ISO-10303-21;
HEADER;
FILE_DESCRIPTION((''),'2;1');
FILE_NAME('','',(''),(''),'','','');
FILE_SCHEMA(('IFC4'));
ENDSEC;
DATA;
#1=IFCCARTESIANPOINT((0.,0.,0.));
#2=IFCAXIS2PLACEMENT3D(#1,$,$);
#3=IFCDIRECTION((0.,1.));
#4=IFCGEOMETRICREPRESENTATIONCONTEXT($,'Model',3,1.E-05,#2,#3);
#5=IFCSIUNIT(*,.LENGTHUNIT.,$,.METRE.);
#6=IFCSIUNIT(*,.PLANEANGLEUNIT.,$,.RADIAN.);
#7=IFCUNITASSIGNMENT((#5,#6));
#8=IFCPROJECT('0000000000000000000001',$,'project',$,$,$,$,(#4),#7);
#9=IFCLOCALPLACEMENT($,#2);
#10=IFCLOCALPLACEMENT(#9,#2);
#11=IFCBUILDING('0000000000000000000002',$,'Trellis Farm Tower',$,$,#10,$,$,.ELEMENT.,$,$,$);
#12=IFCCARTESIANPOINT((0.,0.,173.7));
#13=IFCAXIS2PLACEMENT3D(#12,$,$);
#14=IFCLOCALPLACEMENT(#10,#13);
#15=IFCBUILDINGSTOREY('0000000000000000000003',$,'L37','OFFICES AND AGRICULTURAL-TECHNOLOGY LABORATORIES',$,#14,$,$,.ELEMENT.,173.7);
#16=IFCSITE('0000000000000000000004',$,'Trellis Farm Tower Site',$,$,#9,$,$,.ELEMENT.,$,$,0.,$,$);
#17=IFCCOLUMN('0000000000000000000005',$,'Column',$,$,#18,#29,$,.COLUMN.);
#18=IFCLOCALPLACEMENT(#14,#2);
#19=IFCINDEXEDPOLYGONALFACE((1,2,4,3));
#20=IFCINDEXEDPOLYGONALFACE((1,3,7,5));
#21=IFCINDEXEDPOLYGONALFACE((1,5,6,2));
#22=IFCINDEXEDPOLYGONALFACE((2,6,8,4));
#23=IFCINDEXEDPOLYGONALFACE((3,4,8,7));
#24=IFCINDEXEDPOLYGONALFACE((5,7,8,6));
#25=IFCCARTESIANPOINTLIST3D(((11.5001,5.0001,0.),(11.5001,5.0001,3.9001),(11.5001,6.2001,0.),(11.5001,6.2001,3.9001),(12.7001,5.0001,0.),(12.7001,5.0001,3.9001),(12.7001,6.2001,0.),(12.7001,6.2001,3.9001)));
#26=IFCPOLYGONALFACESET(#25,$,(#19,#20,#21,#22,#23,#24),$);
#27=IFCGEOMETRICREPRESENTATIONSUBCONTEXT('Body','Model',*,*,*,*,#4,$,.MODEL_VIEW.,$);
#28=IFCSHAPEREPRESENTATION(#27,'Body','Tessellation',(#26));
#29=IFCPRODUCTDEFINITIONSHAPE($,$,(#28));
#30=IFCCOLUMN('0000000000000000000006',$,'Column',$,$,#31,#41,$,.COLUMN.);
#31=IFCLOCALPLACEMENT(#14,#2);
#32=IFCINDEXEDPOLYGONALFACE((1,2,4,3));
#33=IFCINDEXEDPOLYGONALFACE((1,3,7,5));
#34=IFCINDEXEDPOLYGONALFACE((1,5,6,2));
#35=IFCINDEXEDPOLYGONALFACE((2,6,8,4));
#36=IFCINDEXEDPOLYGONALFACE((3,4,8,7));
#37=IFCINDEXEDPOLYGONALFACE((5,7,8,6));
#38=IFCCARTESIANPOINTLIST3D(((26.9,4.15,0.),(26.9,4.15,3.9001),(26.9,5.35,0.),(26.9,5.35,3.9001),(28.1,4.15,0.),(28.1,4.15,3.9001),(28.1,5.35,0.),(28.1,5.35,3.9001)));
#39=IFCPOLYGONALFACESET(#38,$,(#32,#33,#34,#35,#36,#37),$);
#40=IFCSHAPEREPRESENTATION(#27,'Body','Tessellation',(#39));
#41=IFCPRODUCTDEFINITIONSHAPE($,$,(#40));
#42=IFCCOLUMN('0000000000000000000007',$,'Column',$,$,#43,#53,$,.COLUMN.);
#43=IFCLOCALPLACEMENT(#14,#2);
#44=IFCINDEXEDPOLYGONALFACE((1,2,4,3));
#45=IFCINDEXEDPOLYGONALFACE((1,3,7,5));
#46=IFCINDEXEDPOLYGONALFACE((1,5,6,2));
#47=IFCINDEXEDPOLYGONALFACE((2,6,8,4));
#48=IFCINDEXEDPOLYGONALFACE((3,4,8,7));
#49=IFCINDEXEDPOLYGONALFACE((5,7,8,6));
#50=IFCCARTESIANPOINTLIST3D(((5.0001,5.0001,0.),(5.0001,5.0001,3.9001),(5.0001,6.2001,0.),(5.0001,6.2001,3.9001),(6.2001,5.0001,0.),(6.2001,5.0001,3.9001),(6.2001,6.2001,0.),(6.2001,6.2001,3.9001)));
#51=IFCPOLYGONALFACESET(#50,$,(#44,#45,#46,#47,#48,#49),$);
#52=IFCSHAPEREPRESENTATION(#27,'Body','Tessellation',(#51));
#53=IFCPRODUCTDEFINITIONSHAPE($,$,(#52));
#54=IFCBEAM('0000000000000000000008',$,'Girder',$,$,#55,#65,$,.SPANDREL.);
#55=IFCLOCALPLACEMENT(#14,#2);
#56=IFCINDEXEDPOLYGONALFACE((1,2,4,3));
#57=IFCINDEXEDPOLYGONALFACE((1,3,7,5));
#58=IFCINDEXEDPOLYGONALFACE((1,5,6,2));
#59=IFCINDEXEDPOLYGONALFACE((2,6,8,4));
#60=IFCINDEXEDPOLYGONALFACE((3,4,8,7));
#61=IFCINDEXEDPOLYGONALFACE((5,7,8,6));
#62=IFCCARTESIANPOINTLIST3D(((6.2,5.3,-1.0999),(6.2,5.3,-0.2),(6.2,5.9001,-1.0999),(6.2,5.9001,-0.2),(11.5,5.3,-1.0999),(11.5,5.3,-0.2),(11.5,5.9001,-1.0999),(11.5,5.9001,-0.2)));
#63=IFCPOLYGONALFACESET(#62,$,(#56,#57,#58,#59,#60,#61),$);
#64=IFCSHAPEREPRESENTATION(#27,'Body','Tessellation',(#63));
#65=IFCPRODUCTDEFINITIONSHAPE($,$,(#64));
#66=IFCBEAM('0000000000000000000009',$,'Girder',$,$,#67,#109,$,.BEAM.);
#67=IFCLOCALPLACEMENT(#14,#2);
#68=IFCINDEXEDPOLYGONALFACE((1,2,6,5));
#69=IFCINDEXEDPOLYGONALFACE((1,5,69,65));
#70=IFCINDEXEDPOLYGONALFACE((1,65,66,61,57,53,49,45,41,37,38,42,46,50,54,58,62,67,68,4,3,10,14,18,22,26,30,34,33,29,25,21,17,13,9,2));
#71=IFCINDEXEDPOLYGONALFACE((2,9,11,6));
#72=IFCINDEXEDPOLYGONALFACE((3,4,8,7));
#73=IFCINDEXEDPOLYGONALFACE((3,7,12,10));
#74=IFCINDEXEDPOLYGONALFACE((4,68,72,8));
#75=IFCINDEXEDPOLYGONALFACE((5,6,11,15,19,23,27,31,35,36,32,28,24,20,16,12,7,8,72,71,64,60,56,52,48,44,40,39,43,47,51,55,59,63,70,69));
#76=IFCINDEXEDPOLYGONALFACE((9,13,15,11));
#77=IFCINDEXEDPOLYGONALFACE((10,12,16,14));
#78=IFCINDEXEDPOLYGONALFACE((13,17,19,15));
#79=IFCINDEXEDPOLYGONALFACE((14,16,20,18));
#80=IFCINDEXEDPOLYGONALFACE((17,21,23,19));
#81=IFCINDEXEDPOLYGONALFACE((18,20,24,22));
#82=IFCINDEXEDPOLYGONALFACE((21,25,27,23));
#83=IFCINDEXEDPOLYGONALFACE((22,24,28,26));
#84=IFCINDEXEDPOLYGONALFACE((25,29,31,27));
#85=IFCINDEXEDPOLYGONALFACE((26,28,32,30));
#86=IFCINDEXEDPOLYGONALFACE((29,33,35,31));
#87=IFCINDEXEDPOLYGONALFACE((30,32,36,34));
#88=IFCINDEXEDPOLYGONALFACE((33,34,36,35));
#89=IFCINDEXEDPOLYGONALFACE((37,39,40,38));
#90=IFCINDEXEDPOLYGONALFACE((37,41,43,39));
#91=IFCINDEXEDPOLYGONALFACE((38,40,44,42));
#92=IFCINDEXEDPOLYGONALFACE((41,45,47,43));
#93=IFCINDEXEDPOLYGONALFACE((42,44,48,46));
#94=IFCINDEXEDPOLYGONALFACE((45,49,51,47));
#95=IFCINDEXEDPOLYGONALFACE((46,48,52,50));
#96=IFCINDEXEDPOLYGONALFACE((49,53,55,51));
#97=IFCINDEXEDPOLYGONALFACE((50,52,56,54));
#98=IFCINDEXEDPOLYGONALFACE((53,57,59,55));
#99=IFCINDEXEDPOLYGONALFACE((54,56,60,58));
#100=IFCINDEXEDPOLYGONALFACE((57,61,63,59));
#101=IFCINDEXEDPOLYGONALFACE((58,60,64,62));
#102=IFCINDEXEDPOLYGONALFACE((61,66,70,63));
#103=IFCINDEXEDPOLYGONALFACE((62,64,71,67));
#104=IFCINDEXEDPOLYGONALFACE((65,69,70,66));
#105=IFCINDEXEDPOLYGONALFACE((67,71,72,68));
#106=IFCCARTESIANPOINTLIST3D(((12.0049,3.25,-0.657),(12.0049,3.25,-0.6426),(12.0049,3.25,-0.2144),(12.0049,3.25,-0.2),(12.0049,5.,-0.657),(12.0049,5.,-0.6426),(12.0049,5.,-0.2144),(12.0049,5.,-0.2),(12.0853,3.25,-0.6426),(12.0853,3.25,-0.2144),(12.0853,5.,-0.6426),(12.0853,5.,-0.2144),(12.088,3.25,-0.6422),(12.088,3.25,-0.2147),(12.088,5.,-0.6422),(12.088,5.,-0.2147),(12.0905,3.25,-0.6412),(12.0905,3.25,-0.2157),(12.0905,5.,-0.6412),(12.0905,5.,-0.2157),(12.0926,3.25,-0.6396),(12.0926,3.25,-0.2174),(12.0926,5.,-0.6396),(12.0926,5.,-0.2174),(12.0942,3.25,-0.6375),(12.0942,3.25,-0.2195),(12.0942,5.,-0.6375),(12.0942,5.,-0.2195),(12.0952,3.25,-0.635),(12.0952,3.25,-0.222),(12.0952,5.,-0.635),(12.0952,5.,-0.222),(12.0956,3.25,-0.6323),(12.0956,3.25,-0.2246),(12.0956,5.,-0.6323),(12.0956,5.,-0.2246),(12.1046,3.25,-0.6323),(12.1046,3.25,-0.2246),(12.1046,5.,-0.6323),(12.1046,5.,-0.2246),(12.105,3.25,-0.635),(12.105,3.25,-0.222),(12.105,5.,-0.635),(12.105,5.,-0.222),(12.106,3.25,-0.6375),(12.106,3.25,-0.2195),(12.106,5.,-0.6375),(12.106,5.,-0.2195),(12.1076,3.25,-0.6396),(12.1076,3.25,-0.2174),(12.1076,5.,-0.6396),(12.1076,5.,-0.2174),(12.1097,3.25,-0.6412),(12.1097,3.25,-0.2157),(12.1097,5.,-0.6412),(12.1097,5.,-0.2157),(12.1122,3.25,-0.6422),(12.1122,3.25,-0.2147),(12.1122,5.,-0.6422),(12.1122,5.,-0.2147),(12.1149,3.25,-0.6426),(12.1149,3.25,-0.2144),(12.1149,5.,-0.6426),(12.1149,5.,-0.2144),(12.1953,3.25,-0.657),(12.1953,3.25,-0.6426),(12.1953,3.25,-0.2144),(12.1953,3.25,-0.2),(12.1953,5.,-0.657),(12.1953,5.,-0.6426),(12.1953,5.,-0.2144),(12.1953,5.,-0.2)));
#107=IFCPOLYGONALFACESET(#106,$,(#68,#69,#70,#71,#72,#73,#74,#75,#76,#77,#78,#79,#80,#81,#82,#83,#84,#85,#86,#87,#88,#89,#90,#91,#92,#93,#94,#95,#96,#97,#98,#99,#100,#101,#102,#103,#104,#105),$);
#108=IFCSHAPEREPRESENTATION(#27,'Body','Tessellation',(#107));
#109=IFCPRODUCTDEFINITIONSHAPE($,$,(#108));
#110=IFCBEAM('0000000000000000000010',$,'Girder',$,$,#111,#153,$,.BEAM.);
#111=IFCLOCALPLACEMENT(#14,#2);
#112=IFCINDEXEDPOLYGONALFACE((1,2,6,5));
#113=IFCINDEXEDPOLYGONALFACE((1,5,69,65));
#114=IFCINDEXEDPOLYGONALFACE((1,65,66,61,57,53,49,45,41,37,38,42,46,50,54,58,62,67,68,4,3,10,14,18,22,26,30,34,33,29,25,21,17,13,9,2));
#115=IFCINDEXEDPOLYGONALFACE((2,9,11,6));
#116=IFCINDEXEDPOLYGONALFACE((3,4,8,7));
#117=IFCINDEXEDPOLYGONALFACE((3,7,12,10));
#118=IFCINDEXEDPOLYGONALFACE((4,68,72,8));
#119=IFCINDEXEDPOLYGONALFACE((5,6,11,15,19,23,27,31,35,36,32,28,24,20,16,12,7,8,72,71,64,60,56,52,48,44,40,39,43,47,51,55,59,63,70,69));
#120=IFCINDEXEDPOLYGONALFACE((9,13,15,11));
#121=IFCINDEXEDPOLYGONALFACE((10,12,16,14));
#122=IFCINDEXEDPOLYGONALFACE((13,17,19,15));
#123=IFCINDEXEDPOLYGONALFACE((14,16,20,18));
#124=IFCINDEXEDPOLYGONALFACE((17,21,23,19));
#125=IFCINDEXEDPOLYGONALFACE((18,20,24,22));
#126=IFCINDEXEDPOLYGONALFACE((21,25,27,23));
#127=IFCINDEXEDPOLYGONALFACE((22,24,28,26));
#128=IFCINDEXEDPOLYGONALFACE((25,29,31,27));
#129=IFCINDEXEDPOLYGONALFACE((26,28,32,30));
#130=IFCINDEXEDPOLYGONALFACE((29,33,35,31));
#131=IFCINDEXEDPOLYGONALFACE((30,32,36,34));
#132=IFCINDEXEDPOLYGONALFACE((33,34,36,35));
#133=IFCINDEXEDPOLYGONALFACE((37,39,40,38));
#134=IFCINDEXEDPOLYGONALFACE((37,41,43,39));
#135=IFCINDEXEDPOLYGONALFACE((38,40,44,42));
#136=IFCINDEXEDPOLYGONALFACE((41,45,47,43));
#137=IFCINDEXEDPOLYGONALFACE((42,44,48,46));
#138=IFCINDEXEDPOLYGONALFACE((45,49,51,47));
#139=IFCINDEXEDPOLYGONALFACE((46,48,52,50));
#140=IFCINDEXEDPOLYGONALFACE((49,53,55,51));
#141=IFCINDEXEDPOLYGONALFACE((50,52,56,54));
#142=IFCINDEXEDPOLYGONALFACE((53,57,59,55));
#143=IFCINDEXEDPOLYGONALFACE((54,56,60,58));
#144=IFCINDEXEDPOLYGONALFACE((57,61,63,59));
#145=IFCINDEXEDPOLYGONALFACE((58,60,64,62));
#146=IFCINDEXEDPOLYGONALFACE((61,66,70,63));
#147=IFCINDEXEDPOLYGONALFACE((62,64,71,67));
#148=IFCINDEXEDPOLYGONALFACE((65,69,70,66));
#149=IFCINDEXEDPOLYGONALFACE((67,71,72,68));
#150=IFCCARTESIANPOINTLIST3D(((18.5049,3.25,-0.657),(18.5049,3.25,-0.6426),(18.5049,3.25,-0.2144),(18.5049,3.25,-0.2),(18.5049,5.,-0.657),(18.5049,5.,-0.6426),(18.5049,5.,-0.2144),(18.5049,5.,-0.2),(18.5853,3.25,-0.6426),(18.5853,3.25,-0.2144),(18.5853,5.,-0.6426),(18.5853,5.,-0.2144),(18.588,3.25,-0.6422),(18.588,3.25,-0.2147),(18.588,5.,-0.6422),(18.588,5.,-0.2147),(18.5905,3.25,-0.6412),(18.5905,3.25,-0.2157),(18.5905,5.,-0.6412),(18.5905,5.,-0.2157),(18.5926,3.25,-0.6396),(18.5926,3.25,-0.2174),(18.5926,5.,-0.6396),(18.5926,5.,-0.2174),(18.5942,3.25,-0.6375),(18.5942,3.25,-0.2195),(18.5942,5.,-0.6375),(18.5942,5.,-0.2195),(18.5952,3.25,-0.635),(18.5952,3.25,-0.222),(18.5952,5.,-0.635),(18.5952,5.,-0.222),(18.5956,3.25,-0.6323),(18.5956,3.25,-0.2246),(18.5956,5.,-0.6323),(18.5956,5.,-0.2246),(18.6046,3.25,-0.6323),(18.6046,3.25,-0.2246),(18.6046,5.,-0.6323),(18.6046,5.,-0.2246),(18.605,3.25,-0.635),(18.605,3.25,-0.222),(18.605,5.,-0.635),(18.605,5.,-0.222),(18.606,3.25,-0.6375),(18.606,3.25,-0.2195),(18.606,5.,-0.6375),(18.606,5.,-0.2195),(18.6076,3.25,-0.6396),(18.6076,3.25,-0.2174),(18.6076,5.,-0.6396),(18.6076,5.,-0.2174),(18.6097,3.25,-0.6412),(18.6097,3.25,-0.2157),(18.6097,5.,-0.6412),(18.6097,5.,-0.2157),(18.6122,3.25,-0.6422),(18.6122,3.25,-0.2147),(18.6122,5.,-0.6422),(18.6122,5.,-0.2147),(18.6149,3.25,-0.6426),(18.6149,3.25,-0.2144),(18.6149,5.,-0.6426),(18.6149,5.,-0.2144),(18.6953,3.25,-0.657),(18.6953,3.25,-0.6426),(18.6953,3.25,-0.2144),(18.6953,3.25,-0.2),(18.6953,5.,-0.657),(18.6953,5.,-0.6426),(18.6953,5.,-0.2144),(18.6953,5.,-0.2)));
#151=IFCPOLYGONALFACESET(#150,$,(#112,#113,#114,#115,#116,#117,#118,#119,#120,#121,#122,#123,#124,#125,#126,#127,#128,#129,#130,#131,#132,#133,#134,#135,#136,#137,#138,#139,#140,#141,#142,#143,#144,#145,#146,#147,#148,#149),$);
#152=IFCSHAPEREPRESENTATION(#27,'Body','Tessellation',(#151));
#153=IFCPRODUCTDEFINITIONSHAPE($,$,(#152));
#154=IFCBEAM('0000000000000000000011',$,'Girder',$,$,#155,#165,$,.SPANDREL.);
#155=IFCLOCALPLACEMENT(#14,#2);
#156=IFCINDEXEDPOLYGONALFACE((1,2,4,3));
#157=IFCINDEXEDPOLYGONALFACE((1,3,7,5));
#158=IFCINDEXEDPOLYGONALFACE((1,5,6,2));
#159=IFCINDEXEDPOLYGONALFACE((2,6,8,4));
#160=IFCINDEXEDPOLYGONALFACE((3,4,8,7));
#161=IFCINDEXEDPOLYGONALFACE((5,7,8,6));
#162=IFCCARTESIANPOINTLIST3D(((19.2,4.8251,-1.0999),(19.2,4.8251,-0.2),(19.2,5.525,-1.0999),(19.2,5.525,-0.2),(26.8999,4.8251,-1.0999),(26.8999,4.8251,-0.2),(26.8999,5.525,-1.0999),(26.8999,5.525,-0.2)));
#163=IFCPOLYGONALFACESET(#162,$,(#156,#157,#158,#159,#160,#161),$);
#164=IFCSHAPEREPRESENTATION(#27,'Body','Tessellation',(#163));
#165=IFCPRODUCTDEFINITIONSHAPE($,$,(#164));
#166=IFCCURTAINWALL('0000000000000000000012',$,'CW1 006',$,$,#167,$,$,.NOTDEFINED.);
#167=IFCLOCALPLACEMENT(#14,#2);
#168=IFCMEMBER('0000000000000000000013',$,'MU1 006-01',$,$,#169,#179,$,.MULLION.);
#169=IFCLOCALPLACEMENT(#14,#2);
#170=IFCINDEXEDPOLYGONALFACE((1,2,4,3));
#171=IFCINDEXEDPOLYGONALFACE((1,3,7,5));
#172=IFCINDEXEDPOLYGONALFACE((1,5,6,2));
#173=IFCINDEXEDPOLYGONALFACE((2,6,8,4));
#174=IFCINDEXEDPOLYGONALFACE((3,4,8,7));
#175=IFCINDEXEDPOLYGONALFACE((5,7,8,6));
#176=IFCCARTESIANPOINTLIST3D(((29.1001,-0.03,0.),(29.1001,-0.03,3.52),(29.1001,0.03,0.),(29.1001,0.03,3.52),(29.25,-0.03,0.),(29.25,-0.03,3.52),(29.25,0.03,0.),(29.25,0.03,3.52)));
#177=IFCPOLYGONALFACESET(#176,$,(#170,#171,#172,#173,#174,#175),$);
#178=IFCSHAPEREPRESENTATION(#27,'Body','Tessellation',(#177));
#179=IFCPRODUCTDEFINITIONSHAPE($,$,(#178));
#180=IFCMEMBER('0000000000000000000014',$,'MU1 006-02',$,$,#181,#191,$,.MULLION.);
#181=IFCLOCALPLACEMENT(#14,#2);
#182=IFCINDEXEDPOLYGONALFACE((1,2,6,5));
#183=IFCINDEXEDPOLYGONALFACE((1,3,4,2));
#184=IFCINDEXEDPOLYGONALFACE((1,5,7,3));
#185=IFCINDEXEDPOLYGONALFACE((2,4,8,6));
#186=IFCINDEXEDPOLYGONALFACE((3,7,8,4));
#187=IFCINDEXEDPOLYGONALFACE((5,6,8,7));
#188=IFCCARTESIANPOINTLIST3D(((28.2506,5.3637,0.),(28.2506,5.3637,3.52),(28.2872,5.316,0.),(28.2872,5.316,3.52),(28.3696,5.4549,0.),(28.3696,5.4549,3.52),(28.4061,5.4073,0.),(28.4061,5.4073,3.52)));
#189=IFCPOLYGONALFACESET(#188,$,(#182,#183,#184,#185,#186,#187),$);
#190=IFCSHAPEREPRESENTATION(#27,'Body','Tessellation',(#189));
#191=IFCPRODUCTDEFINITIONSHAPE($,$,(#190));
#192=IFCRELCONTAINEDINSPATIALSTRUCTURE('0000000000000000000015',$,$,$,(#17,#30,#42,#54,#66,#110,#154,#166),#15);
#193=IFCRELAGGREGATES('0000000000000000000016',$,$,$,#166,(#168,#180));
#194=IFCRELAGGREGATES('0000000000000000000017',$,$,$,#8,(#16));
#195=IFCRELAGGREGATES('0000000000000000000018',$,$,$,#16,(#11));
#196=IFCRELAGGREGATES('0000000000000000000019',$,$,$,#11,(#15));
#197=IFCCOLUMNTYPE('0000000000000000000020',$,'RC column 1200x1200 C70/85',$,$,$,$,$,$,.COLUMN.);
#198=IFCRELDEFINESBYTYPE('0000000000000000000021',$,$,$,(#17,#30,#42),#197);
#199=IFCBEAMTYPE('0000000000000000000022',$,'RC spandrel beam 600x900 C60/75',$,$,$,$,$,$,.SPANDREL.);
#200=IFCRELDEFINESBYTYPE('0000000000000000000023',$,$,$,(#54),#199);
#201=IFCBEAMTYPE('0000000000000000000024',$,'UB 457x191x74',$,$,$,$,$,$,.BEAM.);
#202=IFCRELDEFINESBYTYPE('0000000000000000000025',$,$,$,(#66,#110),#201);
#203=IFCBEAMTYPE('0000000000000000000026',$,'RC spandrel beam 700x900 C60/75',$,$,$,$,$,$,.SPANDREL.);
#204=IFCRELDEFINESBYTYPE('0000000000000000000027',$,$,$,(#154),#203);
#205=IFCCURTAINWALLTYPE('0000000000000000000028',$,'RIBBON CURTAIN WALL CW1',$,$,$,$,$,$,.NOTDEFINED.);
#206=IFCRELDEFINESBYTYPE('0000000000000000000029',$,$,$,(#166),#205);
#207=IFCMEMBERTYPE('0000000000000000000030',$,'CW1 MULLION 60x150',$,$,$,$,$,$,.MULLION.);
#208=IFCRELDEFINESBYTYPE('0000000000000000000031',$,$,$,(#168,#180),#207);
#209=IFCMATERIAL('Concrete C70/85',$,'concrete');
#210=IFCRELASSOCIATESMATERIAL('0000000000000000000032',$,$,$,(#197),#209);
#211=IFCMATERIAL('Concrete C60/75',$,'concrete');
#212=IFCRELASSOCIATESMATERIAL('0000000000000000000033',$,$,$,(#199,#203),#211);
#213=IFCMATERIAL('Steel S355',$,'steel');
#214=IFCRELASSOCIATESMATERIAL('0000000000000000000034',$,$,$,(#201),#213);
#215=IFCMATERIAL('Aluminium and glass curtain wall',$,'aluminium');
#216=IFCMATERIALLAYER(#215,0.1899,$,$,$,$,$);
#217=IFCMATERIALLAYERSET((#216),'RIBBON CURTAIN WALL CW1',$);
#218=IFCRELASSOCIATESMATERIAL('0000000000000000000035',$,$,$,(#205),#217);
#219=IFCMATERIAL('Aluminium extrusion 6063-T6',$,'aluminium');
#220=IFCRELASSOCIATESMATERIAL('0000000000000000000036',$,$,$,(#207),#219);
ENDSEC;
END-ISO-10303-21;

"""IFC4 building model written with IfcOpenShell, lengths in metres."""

from ifc_helpers import new_model, si_unit, direction, frame, origin, origin_2d, place, context, subcontext, project, spatial, rectangle, i_section, extrude, source, transform, mapped, material, layer, layer_set, material_profile, profile_set, type_object, element, aggregate, save


model = new_model("IFC4")

# Units and contexts
model_context = context("Model", 3, precision=1e-05, world=origin(), true_north=direction((0.0, 1.0)))
body_context = subcontext(model_context, "Body", "Model", "MODEL_VIEW")
ifc_project = project(units=[si_unit("LENGTHUNIT", "METRE"), si_unit("PLANEANGLEUNIT", "RADIAN")], contexts=[model_context])

# Site, building, storey
site_placement = place(None, origin())
site = spatial("IfcSite", under=ifc_project, at=site_placement, Name="Trellis Farm Tower Site", CompositionType="ELEMENT", RefElevation=0.0)
building_placement = place(site_placement, origin())
building = spatial("IfcBuilding", under=site, at=building_placement, Name="Trellis Farm Tower", CompositionType="ELEMENT")
storey_placement = place(building_placement, frame((0.0, 0.0, 173.7)))
storey = spatial("IfcBuildingStorey", under=building, at=storey_placement, Name="L37", Description="OFFICES AND AGRICULTURAL-TECHNOLOGY LABORATORIES", CompositionType="ELEMENT", Elevation=173.7)

# Columns
ifc_material_1 = material(Name="Concrete C70/85", Category="concrete")
ifc_material_profile_1 = material_profile(ifc_material_1, rectangle(XDim=1.2, YDim=1.2, at=origin_2d()), Name="RC column 1200x1200 C70/85")
ifc_profile_set_1 = profile_set([ifc_material_profile_1], Name="Concrete C70/85")
column_type = type_object("IfcColumnType", Name="RC column 1200x1200 C70/85", PredefinedType="COLUMN", material=ifc_profile_set_1)
shared_shape_1 = source(origin(), body_context, "Body", "SweptSolid", [
    extrude(rectangle(XDim=1.2, YDim=1.2, at=origin_2d()), origin(), (0.0, 0.0, 1.0), 3.9001),
])
for number, where, z_axis, x_axis, name in (
    (1, (12.1001, 5.6001, 0.0), (0.0, 0.0, 1.0), (1.0, 0.0, 0.0), "Column"),
    (2, (27.5, 4.75, 0.0), (0.0, 0.0, 1.0), (1.0, 0.0, 0.0), "Column"),
    (3, (5.6001, 5.6001, 0.0), (0.0, 0.0, 1.0), (1.0, 0.0, 0.0), "Column"),
):
    element("IfcColumn", number, at=place(storey_placement, frame(where, z_axis=z_axis, x_axis=x_axis)), inside=storey, type_object=column_type, Name=name, PredefinedType="COLUMN", context=body_context, shape_type="MappedRepresentation", body=[
        mapped(shared_shape_1, transform((0.0, 0.0, 0.0))),
    ])

# Beams
ifc_material_2 = material(Name="Concrete C60/75", Category="concrete")
ifc_material_profile_2 = material_profile(ifc_material_2, rectangle(XDim=0.6001, YDim=0.8999, at=origin_2d()), Name="RC spandrel beam 600x900 C60/75")
ifc_profile_set_2 = profile_set([ifc_material_profile_2], Name="Concrete C60/75")
beam_type_1 = type_object("IfcBeamType", Name="RC spandrel beam 600x900 C60/75", PredefinedType="SPANDREL", material=ifc_profile_set_2)
shared_shape_2 = source(origin(), body_context, "Body", "SweptSolid", [
    extrude(rectangle(XDim=0.6001, YDim=0.8999, at=origin_2d()), origin(), (0.0, 0.0, 1.0), 5.3),
])
beam_1_placement = place(storey_placement, frame((6.2, 5.6001, -0.6499), z_axis=(1.0, 0.0, 0.0), x_axis=(0.0, 1.0, 0.0)))
element("IfcBeam", 4, at=beam_1_placement, inside=storey, type_object=beam_type_1, Name="Girder", PredefinedType="SPANDREL", context=body_context, shape_type="MappedRepresentation", body=[
    mapped(shared_shape_2, transform((0.0, 0.0, 0.0))),
])
ifc_material_3 = material(Name="Steel S355", Category="steel")
ifc_material_profile_3 = material_profile(ifc_material_3, i_section(OverallWidth=0.1904, OverallDepth=0.457, WebThickness=0.009, FlangeThickness=0.0144, FilletRadius=0.0103, at=origin_2d()), Name="UB 457x191x74")
ifc_profile_set_3 = profile_set([ifc_material_profile_3], Name="Steel S355")
beam_type_2 = type_object("IfcBeamType", Name="UB 457x191x74", PredefinedType="BEAM", material=ifc_profile_set_3)
shared_shape_3 = source(origin(), body_context, "Body", "SweptSolid", [
    extrude(i_section(OverallWidth=0.1904, OverallDepth=0.457, WebThickness=0.009, FlangeThickness=0.0144, FilletRadius=0.0103, at=origin_2d()), origin(), (0.0, 0.0, 1.0), 1.75),
])
for number, where, z_axis, x_axis, name in (
    (5, (12.1001, 3.25, -0.4285), (0.0, 1.0, 0.0), (-1.0, 0.0, 0.0), "Girder"),
    (6, (18.6001, 3.25, -0.4285), (0.0, 1.0, 0.0), (-1.0, 0.0, 0.0), "Girder"),
):
    element("IfcBeam", number, at=place(storey_placement, frame(where, z_axis=z_axis, x_axis=x_axis)), inside=storey, type_object=beam_type_2, Name=name, PredefinedType="BEAM", context=body_context, shape_type="MappedRepresentation", body=[
        mapped(shared_shape_3, transform((0.0, 0.0, 0.0))),
    ])
ifc_material_profile_4 = material_profile(ifc_material_2, rectangle(XDim=0.7, YDim=0.8999, at=origin_2d()), Name="RC spandrel beam 700x900 C60/75")
ifc_profile_set_4 = profile_set([ifc_material_profile_4], Name="Concrete C60/75")
beam_type_3 = type_object("IfcBeamType", Name="RC spandrel beam 700x900 C60/75", PredefinedType="SPANDREL", material=ifc_profile_set_4)
shared_shape_4 = source(origin(), body_context, "Body", "SweptSolid", [
    extrude(rectangle(XDim=0.7, YDim=0.8999, at=origin_2d()), origin(), (0.0, 0.0, 1.0), 7.7),
])
beam_2_placement = place(storey_placement, frame((19.2, 5.175, -0.6499), z_axis=(1.0, 0.0, 0.0), x_axis=(0.0, 1.0, 0.0)))
element("IfcBeam", 7, at=beam_2_placement, inside=storey, type_object=beam_type_3, Name="Girder", PredefinedType="SPANDREL", context=body_context, shape_type="MappedRepresentation", body=[
    mapped(shared_shape_4, transform((0.0, 0.0, 0.0))),
])

# Curtain wall, members
ifc_material_4 = material(Name="Aluminium and glass curtain wall", Category="aluminium")
ifc_layer_1 = layer(ifc_material_4, 0.1899)
ifc_layer_set_1 = layer_set([ifc_layer_1], Name="RIBBON CURTAIN WALL CW1")
curtain_wall_type = type_object("IfcCurtainWallType", Name="RIBBON CURTAIN WALL CW1", PredefinedType="NOTDEFINED", material=ifc_layer_set_1)
curtain_wall_placement = place(storey_placement, origin())
curtain_wall = element("IfcCurtainWall", 8, at=curtain_wall_placement, inside=storey, type_object=curtain_wall_type, Name="CW1 006", PredefinedType="NOTDEFINED")
ifc_material_5 = material(Name="Aluminium extrusion 6063-T6", Category="aluminium")
ifc_material_profile_5 = material_profile(ifc_material_5, rectangle(XDim=0.0601, YDim=0.1499, at=origin_2d()), Name="MULLION 60x150")
ifc_profile_set_5 = profile_set([ifc_material_profile_5], Name="Aluminium extrusion 6063-T6")
member_type = type_object("IfcMemberType", Name="CW1 MULLION 60x150", PredefinedType="MULLION", material=ifc_profile_set_5)
shared_shape_5 = source(origin(), body_context, "Body", "SweptSolid", [
    extrude(rectangle(XDim=0.0601, YDim=0.1499, at=origin_2d()), origin(), (0.0, 0.0, 1.0), 3.52),
])
member_1_placement = place(storey_placement, frame((29.175, 0.0, 0.0), z_axis=(0.0, 0.0, 1.0), x_axis=(0.0, 1.0, 0.0)))
member_1 = element("IfcMember", 9, at=member_1_placement, type_object=member_type, Name="MU1 006-01", PredefinedType="MULLION", context=body_context, shape_type="MappedRepresentation", body=[
    mapped(shared_shape_5, transform((0.0, 0.0, 0.0))),
])
member_2_placement = place(storey_placement, frame((28.3284, 5.3855, 0.0), z_axis=(0.0, 0.0, 1.0), x_axis=(-0.608761, 0.793353, 0.0)))
member_2 = element("IfcMember", 10, at=member_2_placement, type_object=member_type, Name="MU1 006-02", PredefinedType="MULLION", context=body_context, shape_type="MappedRepresentation", body=[
    mapped(shared_shape_5, transform((0.0, 0.0, 0.0))),
])
aggregate(curtain_wall, [member_1, member_2])

save(model, "model.ifc")
